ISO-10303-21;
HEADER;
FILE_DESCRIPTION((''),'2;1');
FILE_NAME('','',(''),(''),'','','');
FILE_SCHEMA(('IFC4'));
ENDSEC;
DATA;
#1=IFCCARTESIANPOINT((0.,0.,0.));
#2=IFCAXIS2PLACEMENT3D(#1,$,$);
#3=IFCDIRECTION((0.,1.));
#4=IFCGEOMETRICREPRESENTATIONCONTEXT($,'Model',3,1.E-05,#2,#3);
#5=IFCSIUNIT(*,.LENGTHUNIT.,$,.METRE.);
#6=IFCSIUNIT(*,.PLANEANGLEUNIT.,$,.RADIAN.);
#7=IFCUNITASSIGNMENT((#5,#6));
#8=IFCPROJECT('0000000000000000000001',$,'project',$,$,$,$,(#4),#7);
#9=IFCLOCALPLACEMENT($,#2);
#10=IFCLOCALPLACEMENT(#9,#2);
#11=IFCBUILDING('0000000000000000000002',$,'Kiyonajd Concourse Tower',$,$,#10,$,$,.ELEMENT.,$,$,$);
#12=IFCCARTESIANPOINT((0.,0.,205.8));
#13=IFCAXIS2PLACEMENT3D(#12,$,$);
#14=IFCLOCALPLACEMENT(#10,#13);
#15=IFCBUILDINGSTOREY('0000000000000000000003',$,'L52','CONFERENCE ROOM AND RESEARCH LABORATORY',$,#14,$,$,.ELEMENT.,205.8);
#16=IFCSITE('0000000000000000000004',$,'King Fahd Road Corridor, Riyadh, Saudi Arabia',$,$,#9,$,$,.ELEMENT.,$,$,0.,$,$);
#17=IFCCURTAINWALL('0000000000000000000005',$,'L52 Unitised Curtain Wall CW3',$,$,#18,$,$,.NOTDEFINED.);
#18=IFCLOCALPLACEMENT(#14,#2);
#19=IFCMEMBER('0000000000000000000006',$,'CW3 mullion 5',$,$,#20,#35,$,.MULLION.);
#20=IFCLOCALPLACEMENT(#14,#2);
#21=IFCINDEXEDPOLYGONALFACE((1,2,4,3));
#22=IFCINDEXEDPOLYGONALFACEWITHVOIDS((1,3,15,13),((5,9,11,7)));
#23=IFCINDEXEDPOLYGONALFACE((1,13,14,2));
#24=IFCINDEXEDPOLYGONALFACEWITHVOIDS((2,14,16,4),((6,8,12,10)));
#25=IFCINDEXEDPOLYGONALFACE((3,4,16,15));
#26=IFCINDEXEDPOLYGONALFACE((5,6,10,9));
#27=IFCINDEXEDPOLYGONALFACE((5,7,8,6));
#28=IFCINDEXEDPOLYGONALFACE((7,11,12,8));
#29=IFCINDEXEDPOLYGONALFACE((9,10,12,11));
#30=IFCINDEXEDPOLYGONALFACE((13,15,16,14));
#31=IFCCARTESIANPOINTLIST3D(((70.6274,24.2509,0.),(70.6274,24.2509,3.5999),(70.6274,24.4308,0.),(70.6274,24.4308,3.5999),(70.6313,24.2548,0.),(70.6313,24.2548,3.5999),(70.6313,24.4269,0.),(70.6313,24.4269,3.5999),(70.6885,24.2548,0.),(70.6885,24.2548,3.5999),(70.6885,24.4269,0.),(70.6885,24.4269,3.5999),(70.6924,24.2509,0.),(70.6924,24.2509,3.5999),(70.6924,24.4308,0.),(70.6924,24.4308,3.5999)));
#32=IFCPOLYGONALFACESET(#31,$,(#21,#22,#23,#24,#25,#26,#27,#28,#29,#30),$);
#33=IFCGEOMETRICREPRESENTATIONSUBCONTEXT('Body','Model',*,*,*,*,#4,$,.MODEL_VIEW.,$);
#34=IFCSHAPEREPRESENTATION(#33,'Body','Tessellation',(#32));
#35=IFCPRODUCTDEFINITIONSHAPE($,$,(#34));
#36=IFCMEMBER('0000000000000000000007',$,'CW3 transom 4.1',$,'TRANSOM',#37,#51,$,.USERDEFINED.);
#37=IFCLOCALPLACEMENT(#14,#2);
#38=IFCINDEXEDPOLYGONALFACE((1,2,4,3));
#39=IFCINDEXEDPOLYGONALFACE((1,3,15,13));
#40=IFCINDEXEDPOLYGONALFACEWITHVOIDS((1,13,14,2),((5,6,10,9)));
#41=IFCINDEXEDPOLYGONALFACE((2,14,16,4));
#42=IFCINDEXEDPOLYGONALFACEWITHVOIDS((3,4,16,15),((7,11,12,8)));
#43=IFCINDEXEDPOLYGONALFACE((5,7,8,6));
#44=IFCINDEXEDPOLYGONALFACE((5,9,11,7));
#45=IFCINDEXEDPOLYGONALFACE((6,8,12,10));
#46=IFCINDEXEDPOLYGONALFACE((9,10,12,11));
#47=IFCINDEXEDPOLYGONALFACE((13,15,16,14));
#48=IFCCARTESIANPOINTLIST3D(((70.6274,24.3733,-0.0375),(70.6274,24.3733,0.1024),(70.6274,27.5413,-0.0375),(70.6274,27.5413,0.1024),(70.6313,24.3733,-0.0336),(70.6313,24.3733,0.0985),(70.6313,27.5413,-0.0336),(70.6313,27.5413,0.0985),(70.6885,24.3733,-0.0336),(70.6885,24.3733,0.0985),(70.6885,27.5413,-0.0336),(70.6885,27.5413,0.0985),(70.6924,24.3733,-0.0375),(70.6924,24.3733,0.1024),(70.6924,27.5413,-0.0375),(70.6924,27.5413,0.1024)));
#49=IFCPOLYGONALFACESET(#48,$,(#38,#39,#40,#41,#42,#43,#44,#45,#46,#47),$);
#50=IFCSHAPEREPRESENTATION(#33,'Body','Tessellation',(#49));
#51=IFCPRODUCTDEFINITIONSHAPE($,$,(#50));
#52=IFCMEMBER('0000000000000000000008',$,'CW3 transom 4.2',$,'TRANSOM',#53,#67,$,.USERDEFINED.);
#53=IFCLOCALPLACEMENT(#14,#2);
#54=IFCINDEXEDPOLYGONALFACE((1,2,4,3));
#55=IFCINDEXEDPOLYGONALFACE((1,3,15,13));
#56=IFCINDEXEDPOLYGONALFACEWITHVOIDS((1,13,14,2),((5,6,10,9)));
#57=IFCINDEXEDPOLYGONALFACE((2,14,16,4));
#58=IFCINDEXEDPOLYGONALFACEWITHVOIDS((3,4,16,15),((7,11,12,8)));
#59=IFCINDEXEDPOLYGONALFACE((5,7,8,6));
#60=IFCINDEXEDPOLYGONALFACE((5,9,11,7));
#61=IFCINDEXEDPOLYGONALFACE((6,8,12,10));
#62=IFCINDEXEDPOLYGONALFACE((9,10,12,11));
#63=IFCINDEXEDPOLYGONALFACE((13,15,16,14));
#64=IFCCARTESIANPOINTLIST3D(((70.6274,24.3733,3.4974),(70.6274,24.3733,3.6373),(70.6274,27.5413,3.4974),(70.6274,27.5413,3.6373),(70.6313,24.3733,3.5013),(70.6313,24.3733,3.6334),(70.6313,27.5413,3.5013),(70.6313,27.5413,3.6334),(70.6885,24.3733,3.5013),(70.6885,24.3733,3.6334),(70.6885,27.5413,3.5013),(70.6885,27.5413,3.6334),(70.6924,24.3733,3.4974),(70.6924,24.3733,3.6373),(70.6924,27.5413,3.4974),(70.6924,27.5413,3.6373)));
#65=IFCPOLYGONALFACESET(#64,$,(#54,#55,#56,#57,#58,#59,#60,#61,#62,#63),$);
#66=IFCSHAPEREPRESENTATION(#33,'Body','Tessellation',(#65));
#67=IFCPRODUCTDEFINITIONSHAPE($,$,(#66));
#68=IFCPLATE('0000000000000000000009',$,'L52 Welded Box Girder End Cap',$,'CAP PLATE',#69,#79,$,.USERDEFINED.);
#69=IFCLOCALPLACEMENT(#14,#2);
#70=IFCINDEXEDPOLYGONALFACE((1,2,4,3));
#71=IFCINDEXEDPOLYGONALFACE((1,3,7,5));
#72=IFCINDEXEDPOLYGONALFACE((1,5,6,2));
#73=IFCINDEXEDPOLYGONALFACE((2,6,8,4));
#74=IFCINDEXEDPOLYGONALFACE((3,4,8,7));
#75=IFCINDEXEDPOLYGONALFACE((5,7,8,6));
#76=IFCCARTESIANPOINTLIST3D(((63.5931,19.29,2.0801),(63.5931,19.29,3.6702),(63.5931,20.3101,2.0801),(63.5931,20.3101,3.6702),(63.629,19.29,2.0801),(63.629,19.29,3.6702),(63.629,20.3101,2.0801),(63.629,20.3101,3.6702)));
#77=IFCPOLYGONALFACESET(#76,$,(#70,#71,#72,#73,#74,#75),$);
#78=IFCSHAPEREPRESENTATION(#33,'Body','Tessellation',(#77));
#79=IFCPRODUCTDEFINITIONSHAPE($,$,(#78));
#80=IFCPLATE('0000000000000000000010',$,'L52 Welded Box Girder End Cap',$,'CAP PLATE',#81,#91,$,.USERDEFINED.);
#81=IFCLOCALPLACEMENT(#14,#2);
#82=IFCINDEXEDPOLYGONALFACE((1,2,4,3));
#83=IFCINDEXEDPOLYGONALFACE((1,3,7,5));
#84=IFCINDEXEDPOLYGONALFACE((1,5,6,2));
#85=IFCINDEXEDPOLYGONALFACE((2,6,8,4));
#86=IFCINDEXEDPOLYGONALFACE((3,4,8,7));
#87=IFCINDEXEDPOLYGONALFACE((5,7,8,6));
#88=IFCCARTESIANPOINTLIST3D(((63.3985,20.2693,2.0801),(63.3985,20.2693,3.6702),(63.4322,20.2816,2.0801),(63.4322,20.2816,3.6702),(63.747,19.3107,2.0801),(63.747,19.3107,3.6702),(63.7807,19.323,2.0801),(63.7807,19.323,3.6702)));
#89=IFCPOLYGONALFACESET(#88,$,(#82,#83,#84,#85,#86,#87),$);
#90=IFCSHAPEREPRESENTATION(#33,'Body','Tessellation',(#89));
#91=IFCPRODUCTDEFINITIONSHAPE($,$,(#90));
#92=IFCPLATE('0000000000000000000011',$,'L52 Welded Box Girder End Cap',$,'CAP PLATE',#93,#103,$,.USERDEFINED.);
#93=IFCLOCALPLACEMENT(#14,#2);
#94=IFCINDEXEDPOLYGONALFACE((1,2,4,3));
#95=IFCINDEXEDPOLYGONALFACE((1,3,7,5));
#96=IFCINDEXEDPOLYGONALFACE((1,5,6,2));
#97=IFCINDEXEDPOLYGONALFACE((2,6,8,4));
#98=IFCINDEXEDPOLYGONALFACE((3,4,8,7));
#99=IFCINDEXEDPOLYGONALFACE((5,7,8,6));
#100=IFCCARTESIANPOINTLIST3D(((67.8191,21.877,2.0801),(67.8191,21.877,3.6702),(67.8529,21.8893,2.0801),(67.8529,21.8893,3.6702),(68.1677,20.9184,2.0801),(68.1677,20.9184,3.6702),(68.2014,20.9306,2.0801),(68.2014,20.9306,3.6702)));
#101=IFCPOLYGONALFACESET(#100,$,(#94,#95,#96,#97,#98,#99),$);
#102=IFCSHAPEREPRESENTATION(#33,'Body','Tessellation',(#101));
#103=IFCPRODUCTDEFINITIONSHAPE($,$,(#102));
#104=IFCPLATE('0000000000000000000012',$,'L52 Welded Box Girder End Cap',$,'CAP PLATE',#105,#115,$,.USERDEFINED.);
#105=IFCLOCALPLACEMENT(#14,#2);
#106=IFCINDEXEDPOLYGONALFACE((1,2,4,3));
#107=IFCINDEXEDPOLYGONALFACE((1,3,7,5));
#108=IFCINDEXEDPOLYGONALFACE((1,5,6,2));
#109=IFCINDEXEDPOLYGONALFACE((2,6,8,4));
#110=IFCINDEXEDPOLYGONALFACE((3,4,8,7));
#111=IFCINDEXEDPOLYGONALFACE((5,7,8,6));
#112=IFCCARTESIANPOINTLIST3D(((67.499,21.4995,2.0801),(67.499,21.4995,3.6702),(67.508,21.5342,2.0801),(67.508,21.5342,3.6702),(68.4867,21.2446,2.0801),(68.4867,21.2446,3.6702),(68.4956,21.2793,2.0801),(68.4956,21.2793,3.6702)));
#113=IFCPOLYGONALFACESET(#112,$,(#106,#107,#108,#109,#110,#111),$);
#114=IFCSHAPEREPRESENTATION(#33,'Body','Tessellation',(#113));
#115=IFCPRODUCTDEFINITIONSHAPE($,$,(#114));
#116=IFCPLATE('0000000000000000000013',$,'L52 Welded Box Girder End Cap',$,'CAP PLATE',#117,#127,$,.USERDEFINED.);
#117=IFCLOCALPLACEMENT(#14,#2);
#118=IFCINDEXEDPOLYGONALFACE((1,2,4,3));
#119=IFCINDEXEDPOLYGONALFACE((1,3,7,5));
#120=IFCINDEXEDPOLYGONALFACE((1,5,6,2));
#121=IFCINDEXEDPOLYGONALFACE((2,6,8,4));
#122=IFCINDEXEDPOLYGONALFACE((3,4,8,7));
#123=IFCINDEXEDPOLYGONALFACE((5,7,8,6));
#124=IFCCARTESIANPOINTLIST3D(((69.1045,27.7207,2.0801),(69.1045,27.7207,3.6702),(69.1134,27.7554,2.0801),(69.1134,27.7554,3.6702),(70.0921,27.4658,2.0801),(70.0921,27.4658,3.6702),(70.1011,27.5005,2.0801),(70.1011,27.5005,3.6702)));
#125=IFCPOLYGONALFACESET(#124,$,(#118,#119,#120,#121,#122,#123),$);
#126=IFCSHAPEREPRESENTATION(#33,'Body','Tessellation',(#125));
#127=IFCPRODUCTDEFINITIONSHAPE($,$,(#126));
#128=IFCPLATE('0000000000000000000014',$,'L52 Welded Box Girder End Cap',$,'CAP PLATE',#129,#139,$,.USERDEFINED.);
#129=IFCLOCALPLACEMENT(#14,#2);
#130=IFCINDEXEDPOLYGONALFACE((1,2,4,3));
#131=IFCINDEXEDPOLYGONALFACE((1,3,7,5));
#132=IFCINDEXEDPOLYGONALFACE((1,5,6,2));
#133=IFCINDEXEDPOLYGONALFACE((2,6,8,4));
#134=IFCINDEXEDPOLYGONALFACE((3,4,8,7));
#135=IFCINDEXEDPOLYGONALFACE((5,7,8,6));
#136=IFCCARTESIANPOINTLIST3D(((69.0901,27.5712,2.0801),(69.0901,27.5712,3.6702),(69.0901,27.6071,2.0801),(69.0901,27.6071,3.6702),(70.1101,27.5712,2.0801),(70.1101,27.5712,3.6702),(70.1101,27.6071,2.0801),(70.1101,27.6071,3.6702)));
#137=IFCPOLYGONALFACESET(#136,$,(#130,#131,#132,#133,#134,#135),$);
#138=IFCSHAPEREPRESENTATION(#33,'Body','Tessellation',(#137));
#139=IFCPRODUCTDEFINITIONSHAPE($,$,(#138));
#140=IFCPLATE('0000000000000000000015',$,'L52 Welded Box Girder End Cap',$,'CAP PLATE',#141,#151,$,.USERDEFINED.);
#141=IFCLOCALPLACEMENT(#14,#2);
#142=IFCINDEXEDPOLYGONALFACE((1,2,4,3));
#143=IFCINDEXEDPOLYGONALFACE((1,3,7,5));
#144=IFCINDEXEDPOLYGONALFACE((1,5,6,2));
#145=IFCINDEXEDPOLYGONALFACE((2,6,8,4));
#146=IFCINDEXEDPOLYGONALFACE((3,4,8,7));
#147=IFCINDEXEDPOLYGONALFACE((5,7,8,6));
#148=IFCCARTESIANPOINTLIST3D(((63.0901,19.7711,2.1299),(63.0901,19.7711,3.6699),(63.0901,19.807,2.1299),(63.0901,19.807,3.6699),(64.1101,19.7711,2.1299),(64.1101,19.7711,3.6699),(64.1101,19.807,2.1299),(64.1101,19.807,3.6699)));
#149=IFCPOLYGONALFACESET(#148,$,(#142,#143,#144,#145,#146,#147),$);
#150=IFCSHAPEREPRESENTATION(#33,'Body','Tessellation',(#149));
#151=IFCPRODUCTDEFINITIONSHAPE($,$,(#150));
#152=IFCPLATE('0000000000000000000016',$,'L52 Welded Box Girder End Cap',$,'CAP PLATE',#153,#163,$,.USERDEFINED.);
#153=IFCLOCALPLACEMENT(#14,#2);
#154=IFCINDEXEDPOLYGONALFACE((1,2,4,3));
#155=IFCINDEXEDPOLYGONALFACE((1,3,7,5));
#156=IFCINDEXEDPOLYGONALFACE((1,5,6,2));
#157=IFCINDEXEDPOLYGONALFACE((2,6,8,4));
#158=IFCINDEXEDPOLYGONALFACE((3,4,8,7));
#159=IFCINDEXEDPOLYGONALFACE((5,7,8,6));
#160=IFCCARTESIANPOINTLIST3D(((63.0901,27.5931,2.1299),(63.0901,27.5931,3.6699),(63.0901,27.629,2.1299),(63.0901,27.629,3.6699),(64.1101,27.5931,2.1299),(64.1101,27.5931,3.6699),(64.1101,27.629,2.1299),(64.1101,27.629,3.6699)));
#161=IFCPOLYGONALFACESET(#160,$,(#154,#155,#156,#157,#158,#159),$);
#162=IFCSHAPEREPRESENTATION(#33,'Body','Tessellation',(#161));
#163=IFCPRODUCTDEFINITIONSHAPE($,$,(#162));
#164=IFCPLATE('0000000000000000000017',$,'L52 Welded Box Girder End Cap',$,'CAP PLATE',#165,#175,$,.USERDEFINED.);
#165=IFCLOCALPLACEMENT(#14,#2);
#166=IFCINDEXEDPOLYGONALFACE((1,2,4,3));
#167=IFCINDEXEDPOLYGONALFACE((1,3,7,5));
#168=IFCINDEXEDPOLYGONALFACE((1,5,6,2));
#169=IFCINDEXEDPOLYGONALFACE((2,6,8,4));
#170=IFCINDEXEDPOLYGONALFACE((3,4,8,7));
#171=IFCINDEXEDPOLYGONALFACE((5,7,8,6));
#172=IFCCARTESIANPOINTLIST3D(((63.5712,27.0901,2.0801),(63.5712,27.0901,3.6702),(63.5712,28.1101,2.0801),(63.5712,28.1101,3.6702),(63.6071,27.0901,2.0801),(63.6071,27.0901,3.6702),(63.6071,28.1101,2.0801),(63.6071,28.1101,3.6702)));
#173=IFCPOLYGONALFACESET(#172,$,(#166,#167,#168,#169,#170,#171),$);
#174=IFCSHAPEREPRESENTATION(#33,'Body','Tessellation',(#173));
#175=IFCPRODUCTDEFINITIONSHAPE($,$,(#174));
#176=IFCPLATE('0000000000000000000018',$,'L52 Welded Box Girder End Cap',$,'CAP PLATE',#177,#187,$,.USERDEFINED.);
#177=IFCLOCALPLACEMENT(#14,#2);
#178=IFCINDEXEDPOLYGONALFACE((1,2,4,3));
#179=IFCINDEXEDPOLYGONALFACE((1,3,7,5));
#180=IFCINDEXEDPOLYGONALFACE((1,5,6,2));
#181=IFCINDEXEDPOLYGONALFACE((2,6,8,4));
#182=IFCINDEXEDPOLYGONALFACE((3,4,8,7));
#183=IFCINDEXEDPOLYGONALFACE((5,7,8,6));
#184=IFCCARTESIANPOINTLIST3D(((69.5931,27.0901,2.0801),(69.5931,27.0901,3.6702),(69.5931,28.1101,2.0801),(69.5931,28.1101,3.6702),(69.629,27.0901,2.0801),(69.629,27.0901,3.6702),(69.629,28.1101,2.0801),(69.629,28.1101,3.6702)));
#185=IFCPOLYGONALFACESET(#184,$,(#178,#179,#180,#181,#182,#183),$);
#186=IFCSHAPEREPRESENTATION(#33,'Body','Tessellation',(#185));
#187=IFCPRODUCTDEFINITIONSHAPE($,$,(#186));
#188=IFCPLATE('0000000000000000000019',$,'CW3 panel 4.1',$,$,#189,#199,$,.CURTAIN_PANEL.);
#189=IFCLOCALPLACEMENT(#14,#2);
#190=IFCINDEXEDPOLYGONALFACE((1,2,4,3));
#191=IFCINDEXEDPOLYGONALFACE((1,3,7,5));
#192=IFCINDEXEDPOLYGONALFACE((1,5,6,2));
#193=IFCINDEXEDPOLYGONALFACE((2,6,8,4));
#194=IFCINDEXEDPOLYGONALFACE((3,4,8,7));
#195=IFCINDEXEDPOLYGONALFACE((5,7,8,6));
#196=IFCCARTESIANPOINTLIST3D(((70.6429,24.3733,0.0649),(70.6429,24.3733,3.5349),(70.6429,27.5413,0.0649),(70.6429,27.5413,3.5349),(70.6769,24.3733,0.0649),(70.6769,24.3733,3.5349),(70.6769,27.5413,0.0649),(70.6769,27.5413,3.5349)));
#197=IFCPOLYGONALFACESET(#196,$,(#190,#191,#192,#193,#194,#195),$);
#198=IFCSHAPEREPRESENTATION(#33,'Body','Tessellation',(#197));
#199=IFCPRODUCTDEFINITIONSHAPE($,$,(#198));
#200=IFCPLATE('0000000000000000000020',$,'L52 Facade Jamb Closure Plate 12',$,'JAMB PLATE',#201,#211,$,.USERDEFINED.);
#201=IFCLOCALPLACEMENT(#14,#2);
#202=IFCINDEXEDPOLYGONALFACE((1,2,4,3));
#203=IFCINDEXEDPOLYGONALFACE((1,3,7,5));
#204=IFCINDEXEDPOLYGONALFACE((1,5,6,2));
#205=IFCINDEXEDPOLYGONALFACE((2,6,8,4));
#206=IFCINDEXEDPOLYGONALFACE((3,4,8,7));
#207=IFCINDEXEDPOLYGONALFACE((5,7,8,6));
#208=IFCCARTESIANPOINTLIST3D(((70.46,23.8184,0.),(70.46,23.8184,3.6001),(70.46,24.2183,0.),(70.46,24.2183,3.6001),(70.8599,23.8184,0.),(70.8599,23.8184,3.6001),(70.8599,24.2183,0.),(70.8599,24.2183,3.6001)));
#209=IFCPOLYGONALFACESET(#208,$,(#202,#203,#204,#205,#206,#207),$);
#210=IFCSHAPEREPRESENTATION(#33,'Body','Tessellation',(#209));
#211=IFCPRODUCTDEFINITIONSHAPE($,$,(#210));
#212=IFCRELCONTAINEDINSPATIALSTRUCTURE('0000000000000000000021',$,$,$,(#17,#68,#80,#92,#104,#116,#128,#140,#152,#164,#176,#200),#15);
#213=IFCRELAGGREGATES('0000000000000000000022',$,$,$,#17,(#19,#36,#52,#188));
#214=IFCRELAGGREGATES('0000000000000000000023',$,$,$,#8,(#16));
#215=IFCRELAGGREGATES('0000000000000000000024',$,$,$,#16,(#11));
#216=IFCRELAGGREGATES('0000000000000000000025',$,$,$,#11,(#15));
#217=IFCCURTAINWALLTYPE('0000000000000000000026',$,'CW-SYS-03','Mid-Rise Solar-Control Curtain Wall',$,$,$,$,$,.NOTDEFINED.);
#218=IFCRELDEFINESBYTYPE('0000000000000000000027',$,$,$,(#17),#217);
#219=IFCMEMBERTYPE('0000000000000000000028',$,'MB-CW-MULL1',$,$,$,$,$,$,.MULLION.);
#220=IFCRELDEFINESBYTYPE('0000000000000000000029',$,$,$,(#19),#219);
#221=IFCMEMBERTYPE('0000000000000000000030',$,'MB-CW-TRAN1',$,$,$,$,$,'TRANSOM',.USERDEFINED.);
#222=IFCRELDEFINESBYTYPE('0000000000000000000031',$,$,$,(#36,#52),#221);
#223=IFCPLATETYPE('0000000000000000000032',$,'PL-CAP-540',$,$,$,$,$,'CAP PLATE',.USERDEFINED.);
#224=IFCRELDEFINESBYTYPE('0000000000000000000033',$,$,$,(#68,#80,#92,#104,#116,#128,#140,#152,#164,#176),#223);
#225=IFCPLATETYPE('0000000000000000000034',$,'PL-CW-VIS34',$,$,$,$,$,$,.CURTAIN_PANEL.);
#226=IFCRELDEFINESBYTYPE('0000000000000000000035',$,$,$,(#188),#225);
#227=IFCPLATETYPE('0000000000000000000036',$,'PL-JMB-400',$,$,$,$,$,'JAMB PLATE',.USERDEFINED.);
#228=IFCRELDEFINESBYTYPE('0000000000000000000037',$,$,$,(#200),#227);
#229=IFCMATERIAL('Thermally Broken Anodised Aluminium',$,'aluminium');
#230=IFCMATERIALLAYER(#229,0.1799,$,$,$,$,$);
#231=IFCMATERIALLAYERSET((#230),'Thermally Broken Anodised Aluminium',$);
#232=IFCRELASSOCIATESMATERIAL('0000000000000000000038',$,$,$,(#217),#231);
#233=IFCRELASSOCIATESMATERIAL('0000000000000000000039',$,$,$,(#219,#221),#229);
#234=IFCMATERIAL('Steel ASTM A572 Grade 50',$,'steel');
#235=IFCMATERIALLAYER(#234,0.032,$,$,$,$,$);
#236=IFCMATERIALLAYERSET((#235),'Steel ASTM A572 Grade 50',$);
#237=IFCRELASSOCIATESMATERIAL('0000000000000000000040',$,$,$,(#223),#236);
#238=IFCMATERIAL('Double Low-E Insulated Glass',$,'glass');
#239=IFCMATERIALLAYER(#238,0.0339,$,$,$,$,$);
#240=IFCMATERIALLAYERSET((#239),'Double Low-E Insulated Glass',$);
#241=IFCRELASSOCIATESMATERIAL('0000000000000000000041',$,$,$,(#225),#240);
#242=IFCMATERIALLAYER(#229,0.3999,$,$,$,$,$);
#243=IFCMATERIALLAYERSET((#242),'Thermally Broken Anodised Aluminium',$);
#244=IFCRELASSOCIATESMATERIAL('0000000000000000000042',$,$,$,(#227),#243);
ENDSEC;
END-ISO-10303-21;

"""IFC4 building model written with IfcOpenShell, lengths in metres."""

from ifc_helpers import new_model, si_unit, direction, frame, origin, origin_2d, place, context, subcontext, project, spatial, rectangle, hollow_rectangle, extrude, material, layer, layer_set, material_profile, profile_set, type_object, element, aggregate, save


model = new_model("IFC4")

# Units and contexts
model_context = context("Model", 3, precision=1e-05, world=origin(), true_north=direction((0.0, 1.0)))
body_context = subcontext(model_context, "Body", "Model", "MODEL_VIEW")
ifc_project = project(units=[si_unit("LENGTHUNIT", "METRE"), si_unit("PLANEANGLEUNIT", "RADIAN")], contexts=[model_context])

# Site, building, storey
site_placement = place(None, origin())
site = spatial("IfcSite", under=ifc_project, at=site_placement, Name="King Fahd Road Corridor, Riyadh, Saudi Arabia", CompositionType="ELEMENT", RefElevation=0.0)
building_placement = place(site_placement, origin())
building = spatial("IfcBuilding", under=site, at=building_placement, Name="Kiyonajd Concourse Tower", CompositionType="ELEMENT")
storey_placement = place(building_placement, frame((0.0, 0.0, 205.8)))
storey = spatial("IfcBuildingStorey", under=building, at=storey_placement, Name="L52", Description="CONFERENCE ROOM AND RESEARCH LABORATORY", CompositionType="ELEMENT", Elevation=205.8)

# Shared definitions
ifc_material_1 = material(Name="Steel ASTM A572 Grade 50", Category="steel")

# Curtain wall, members
ifc_material_2 = material(Name="Thermally Broken Anodised Aluminium", Category="aluminium")
ifc_layer_1 = layer(ifc_material_2, 0.1799)
ifc_layer_set_1 = layer_set([ifc_layer_1], Name="Thermally Broken Anodised Aluminium")
curtain_wall_type = type_object("IfcCurtainWallType", Name="CW-SYS-03", Description="Mid-Rise Solar-Control Curtain Wall", PredefinedType="NOTDEFINED", material=ifc_layer_set_1)
curtain_wall_placement = place(storey_placement, origin())
curtain_wall = element("IfcCurtainWall", 1, at=curtain_wall_placement, inside=storey, type_object=curtain_wall_type, Name="L52 Unitised Curtain Wall CW3", PredefinedType="NOTDEFINED")
ifc_material_profile_1 = material_profile(ifc_material_2, hollow_rectangle(XDim=0.0649, YDim=0.1799, WallThickness=0.0039, at=origin_2d()), Name="MULL-65x180")
ifc_profile_set_1 = profile_set([ifc_material_profile_1], Name="Thermally Broken Anodised Aluminium")
member_type_1 = type_object("IfcMemberType", Name="MB-CW-MULL1", PredefinedType="MULLION", material=ifc_profile_set_1)
member_1_placement = place(storey_placement, frame((70.6599, 24.3408, 0.0), z_axis=(0.0, 0.0, 1.0), x_axis=(1.0, 0.0, 0.0)))
member_1 = element("IfcMember", 2, at=member_1_placement, type_object=member_type_1, Name="CW3 mullion 5", PredefinedType="MULLION", context=body_context, shape_type="SweptSolid", body=[
    extrude(hollow_rectangle(XDim=0.0649, YDim=0.1799, WallThickness=0.0039, at=origin_2d()), origin(), (0.0, 0.0, 1.0), 3.5999),
])
ifc_material_profile_2 = material_profile(ifc_material_2, hollow_rectangle(XDim=0.0649, YDim=0.1399, WallThickness=0.0039, at=origin_2d()), Name="TRAN-65x140")
ifc_profile_set_2 = profile_set([ifc_material_profile_2], Name="Thermally Broken Anodised Aluminium")
member_type_2 = type_object("IfcMemberType", Name="MB-CW-TRAN1", ElementType="TRANSOM", PredefinedType="USERDEFINED", material=ifc_profile_set_2)
member_2_placement = place(storey_placement, frame((70.6599, 27.5413, 0.0325), z_axis=(0.0, -1.0, 0.0), x_axis=(1.0, 0.0, 0.0)))
member_2 = element("IfcMember", 3, at=member_2_placement, type_object=member_type_2, Name="CW3 transom 4.1", ObjectType="TRANSOM", PredefinedType="USERDEFINED", context=body_context, shape_type="SweptSolid", body=[
    extrude(hollow_rectangle(XDim=0.0649, YDim=0.1399, WallThickness=0.0039, at=origin_2d()), origin(), (0.0, 0.0, 1.0), 3.168),
])
member_3_placement = place(storey_placement, frame((70.6599, 27.5413, 3.5674), z_axis=(0.0, -1.0, 0.0), x_axis=(1.0, 0.0, 0.0)))
member_3 = element("IfcMember", 4, at=member_3_placement, type_object=member_type_2, Name="CW3 transom 4.2", ObjectType="TRANSOM", PredefinedType="USERDEFINED", context=body_context, shape_type="SweptSolid", body=[
    extrude(hollow_rectangle(XDim=0.0649, YDim=0.1399, WallThickness=0.0039, at=origin_2d()), origin(), (0.0, 0.0, 1.0), 3.168),
])

# Plates
ifc_layer_2 = layer(ifc_material_1, 0.032)
ifc_layer_set_2 = layer_set([ifc_layer_2], Name="Steel ASTM A572 Grade 50")
plate_type_1 = type_object("IfcPlateType", Name="PL-CAP-540", ElementType="CAP PLATE", PredefinedType="USERDEFINED", material=ifc_layer_set_2)
for number, where, z_axis, x_axis, name in (
    (5, (63.6111, 19.8, 2.0801), (0.0, 0.0, 1.0), (1.0, 0.0, 0.0), "L52 Welded Box Girder End Cap"),
    (6, (63.5896, 19.7961, 2.0801), (0.0, 0.0, 1.0), (-0.939812, -0.341692, 0.0), "L52 Welded Box Girder End Cap"),
    (7, (68.0103, 21.4038, 2.0801), (0.0, 0.0, 1.0), (0.939812, 0.341692, 0.0), "L52 Welded Box Girder End Cap"),
    (8, (67.9973, 21.3894, 2.0801), (0.0, 0.0, 1.0), (-0.249873, -0.968279, 0.0), "L52 Welded Box Girder End Cap"),
    (9, (69.6028, 27.6106, 2.0801), (0.0, 0.0, 1.0), (0.249873, 0.968279, 0.0), "L52 Welded Box Girder End Cap"),
    (10, (69.6001, 27.5891, 2.0801), (0.0, 0.0, 1.0), (0.0, -1.0, 0.0), "L52 Welded Box Girder End Cap"),
):
    element("IfcPlate", number, at=place(storey_placement, frame(where, z_axis=z_axis, x_axis=x_axis)), inside=storey, type_object=plate_type_1, Name=name, ObjectType="CAP PLATE", PredefinedType="USERDEFINED", context=body_context, shape_type="SweptSolid", body=[
        extrude(rectangle(XDim=0.0359, YDim=1.02, at=origin_2d()), origin(), (0.0, 0.0, 1.0), 1.5901),
    ])
for number, where, z_axis, x_axis, name in (
    (11, (63.6001, 19.7891, 2.1299), (0.0, 0.0, 1.0), (0.0, -1.0, 0.0), "L52 Welded Box Girder End Cap"),
    (12, (63.6001, 27.6111, 2.1299), (0.0, 0.0, 1.0), (0.0, 1.0, 0.0), "L52 Welded Box Girder End Cap"),
):
    element("IfcPlate", number, at=place(storey_placement, frame(where, z_axis=z_axis, x_axis=x_axis)), inside=storey, type_object=plate_type_1, Name=name, ObjectType="CAP PLATE", PredefinedType="USERDEFINED", context=body_context, shape_type="SweptSolid", body=[
        extrude(rectangle(XDim=0.0359, YDim=1.02, at=origin_2d()), origin(), (0.0, 0.0, 1.0), 1.54),
    ])
for number, where, z_axis, x_axis, name in (
    (13, (63.5891, 27.6001, 2.0801), (0.0, 0.0, 1.0), (-1.0, 0.0, 0.0), "L52 Welded Box Girder End Cap"),
    (14, (69.6111, 27.6001, 2.0801), (0.0, 0.0, 1.0), (1.0, 0.0, 0.0), "L52 Welded Box Girder End Cap"),
):
    element("IfcPlate", number, at=place(storey_placement, frame(where, z_axis=z_axis, x_axis=x_axis)), inside=storey, type_object=plate_type_1, Name=name, ObjectType="CAP PLATE", PredefinedType="USERDEFINED", context=body_context, shape_type="SweptSolid", body=[
        extrude(rectangle(XDim=0.0359, YDim=1.02, at=origin_2d()), origin(), (0.0, 0.0, 1.0), 1.5901),
    ])

# Plates
ifc_material_3 = material(Name="Double Low-E Insulated Glass", Category="glass")
ifc_layer_3 = layer(ifc_material_3, 0.0339)
ifc_layer_set_3 = layer_set([ifc_layer_3], Name="Double Low-E Insulated Glass")
plate_type_2 = type_object("IfcPlateType", Name="PL-CW-VIS34", PredefinedType="CURTAIN_PANEL", material=ifc_layer_set_3)
plate_1_placement = place(storey_placement, frame((70.6599, 25.9573, 0.0649), z_axis=(0.0, 0.0, 1.0), x_axis=(0.0, -1.0, 0.0)))
plate_1 = element("IfcPlate", 15, at=plate_1_placement, type_object=plate_type_2, Name="CW3 panel 4.1", PredefinedType="CURTAIN_PANEL", context=body_context, shape_type="SweptSolid", body=[
    extrude(rectangle(XDim=3.168, YDim=0.0339, at=origin_2d()), origin(), (0.0, 0.0, 1.0), 3.47),
])
aggregate(curtain_wall, [member_1, member_2, member_3, plate_1])
ifc_layer_4 = layer(ifc_material_2, 0.3999)
ifc_layer_set_4 = layer_set([ifc_layer_4], Name="Thermally Broken Anodised Aluminium")
plate_type_3 = type_object("IfcPlateType", Name="PL-JMB-400", ElementType="JAMB PLATE", PredefinedType="USERDEFINED", material=ifc_layer_set_4)
plate_2_placement = place(storey_placement, frame((70.6599, 24.0183, 0.0), z_axis=(0.0, 0.0, 1.0), x_axis=(1.0, 0.0, 0.0)))
element("IfcPlate", 16, at=plate_2_placement, inside=storey, type_object=plate_type_3, Name="L52 Facade Jamb Closure Plate 12", ObjectType="JAMB PLATE", PredefinedType="USERDEFINED", context=body_context, shape_type="SweptSolid", body=[
    extrude(rectangle(XDim=0.3999, YDim=0.3999, at=origin_2d()), origin(), (0.0, 0.0, 1.0), 3.6001),
])

save(model, "model.ifc")
